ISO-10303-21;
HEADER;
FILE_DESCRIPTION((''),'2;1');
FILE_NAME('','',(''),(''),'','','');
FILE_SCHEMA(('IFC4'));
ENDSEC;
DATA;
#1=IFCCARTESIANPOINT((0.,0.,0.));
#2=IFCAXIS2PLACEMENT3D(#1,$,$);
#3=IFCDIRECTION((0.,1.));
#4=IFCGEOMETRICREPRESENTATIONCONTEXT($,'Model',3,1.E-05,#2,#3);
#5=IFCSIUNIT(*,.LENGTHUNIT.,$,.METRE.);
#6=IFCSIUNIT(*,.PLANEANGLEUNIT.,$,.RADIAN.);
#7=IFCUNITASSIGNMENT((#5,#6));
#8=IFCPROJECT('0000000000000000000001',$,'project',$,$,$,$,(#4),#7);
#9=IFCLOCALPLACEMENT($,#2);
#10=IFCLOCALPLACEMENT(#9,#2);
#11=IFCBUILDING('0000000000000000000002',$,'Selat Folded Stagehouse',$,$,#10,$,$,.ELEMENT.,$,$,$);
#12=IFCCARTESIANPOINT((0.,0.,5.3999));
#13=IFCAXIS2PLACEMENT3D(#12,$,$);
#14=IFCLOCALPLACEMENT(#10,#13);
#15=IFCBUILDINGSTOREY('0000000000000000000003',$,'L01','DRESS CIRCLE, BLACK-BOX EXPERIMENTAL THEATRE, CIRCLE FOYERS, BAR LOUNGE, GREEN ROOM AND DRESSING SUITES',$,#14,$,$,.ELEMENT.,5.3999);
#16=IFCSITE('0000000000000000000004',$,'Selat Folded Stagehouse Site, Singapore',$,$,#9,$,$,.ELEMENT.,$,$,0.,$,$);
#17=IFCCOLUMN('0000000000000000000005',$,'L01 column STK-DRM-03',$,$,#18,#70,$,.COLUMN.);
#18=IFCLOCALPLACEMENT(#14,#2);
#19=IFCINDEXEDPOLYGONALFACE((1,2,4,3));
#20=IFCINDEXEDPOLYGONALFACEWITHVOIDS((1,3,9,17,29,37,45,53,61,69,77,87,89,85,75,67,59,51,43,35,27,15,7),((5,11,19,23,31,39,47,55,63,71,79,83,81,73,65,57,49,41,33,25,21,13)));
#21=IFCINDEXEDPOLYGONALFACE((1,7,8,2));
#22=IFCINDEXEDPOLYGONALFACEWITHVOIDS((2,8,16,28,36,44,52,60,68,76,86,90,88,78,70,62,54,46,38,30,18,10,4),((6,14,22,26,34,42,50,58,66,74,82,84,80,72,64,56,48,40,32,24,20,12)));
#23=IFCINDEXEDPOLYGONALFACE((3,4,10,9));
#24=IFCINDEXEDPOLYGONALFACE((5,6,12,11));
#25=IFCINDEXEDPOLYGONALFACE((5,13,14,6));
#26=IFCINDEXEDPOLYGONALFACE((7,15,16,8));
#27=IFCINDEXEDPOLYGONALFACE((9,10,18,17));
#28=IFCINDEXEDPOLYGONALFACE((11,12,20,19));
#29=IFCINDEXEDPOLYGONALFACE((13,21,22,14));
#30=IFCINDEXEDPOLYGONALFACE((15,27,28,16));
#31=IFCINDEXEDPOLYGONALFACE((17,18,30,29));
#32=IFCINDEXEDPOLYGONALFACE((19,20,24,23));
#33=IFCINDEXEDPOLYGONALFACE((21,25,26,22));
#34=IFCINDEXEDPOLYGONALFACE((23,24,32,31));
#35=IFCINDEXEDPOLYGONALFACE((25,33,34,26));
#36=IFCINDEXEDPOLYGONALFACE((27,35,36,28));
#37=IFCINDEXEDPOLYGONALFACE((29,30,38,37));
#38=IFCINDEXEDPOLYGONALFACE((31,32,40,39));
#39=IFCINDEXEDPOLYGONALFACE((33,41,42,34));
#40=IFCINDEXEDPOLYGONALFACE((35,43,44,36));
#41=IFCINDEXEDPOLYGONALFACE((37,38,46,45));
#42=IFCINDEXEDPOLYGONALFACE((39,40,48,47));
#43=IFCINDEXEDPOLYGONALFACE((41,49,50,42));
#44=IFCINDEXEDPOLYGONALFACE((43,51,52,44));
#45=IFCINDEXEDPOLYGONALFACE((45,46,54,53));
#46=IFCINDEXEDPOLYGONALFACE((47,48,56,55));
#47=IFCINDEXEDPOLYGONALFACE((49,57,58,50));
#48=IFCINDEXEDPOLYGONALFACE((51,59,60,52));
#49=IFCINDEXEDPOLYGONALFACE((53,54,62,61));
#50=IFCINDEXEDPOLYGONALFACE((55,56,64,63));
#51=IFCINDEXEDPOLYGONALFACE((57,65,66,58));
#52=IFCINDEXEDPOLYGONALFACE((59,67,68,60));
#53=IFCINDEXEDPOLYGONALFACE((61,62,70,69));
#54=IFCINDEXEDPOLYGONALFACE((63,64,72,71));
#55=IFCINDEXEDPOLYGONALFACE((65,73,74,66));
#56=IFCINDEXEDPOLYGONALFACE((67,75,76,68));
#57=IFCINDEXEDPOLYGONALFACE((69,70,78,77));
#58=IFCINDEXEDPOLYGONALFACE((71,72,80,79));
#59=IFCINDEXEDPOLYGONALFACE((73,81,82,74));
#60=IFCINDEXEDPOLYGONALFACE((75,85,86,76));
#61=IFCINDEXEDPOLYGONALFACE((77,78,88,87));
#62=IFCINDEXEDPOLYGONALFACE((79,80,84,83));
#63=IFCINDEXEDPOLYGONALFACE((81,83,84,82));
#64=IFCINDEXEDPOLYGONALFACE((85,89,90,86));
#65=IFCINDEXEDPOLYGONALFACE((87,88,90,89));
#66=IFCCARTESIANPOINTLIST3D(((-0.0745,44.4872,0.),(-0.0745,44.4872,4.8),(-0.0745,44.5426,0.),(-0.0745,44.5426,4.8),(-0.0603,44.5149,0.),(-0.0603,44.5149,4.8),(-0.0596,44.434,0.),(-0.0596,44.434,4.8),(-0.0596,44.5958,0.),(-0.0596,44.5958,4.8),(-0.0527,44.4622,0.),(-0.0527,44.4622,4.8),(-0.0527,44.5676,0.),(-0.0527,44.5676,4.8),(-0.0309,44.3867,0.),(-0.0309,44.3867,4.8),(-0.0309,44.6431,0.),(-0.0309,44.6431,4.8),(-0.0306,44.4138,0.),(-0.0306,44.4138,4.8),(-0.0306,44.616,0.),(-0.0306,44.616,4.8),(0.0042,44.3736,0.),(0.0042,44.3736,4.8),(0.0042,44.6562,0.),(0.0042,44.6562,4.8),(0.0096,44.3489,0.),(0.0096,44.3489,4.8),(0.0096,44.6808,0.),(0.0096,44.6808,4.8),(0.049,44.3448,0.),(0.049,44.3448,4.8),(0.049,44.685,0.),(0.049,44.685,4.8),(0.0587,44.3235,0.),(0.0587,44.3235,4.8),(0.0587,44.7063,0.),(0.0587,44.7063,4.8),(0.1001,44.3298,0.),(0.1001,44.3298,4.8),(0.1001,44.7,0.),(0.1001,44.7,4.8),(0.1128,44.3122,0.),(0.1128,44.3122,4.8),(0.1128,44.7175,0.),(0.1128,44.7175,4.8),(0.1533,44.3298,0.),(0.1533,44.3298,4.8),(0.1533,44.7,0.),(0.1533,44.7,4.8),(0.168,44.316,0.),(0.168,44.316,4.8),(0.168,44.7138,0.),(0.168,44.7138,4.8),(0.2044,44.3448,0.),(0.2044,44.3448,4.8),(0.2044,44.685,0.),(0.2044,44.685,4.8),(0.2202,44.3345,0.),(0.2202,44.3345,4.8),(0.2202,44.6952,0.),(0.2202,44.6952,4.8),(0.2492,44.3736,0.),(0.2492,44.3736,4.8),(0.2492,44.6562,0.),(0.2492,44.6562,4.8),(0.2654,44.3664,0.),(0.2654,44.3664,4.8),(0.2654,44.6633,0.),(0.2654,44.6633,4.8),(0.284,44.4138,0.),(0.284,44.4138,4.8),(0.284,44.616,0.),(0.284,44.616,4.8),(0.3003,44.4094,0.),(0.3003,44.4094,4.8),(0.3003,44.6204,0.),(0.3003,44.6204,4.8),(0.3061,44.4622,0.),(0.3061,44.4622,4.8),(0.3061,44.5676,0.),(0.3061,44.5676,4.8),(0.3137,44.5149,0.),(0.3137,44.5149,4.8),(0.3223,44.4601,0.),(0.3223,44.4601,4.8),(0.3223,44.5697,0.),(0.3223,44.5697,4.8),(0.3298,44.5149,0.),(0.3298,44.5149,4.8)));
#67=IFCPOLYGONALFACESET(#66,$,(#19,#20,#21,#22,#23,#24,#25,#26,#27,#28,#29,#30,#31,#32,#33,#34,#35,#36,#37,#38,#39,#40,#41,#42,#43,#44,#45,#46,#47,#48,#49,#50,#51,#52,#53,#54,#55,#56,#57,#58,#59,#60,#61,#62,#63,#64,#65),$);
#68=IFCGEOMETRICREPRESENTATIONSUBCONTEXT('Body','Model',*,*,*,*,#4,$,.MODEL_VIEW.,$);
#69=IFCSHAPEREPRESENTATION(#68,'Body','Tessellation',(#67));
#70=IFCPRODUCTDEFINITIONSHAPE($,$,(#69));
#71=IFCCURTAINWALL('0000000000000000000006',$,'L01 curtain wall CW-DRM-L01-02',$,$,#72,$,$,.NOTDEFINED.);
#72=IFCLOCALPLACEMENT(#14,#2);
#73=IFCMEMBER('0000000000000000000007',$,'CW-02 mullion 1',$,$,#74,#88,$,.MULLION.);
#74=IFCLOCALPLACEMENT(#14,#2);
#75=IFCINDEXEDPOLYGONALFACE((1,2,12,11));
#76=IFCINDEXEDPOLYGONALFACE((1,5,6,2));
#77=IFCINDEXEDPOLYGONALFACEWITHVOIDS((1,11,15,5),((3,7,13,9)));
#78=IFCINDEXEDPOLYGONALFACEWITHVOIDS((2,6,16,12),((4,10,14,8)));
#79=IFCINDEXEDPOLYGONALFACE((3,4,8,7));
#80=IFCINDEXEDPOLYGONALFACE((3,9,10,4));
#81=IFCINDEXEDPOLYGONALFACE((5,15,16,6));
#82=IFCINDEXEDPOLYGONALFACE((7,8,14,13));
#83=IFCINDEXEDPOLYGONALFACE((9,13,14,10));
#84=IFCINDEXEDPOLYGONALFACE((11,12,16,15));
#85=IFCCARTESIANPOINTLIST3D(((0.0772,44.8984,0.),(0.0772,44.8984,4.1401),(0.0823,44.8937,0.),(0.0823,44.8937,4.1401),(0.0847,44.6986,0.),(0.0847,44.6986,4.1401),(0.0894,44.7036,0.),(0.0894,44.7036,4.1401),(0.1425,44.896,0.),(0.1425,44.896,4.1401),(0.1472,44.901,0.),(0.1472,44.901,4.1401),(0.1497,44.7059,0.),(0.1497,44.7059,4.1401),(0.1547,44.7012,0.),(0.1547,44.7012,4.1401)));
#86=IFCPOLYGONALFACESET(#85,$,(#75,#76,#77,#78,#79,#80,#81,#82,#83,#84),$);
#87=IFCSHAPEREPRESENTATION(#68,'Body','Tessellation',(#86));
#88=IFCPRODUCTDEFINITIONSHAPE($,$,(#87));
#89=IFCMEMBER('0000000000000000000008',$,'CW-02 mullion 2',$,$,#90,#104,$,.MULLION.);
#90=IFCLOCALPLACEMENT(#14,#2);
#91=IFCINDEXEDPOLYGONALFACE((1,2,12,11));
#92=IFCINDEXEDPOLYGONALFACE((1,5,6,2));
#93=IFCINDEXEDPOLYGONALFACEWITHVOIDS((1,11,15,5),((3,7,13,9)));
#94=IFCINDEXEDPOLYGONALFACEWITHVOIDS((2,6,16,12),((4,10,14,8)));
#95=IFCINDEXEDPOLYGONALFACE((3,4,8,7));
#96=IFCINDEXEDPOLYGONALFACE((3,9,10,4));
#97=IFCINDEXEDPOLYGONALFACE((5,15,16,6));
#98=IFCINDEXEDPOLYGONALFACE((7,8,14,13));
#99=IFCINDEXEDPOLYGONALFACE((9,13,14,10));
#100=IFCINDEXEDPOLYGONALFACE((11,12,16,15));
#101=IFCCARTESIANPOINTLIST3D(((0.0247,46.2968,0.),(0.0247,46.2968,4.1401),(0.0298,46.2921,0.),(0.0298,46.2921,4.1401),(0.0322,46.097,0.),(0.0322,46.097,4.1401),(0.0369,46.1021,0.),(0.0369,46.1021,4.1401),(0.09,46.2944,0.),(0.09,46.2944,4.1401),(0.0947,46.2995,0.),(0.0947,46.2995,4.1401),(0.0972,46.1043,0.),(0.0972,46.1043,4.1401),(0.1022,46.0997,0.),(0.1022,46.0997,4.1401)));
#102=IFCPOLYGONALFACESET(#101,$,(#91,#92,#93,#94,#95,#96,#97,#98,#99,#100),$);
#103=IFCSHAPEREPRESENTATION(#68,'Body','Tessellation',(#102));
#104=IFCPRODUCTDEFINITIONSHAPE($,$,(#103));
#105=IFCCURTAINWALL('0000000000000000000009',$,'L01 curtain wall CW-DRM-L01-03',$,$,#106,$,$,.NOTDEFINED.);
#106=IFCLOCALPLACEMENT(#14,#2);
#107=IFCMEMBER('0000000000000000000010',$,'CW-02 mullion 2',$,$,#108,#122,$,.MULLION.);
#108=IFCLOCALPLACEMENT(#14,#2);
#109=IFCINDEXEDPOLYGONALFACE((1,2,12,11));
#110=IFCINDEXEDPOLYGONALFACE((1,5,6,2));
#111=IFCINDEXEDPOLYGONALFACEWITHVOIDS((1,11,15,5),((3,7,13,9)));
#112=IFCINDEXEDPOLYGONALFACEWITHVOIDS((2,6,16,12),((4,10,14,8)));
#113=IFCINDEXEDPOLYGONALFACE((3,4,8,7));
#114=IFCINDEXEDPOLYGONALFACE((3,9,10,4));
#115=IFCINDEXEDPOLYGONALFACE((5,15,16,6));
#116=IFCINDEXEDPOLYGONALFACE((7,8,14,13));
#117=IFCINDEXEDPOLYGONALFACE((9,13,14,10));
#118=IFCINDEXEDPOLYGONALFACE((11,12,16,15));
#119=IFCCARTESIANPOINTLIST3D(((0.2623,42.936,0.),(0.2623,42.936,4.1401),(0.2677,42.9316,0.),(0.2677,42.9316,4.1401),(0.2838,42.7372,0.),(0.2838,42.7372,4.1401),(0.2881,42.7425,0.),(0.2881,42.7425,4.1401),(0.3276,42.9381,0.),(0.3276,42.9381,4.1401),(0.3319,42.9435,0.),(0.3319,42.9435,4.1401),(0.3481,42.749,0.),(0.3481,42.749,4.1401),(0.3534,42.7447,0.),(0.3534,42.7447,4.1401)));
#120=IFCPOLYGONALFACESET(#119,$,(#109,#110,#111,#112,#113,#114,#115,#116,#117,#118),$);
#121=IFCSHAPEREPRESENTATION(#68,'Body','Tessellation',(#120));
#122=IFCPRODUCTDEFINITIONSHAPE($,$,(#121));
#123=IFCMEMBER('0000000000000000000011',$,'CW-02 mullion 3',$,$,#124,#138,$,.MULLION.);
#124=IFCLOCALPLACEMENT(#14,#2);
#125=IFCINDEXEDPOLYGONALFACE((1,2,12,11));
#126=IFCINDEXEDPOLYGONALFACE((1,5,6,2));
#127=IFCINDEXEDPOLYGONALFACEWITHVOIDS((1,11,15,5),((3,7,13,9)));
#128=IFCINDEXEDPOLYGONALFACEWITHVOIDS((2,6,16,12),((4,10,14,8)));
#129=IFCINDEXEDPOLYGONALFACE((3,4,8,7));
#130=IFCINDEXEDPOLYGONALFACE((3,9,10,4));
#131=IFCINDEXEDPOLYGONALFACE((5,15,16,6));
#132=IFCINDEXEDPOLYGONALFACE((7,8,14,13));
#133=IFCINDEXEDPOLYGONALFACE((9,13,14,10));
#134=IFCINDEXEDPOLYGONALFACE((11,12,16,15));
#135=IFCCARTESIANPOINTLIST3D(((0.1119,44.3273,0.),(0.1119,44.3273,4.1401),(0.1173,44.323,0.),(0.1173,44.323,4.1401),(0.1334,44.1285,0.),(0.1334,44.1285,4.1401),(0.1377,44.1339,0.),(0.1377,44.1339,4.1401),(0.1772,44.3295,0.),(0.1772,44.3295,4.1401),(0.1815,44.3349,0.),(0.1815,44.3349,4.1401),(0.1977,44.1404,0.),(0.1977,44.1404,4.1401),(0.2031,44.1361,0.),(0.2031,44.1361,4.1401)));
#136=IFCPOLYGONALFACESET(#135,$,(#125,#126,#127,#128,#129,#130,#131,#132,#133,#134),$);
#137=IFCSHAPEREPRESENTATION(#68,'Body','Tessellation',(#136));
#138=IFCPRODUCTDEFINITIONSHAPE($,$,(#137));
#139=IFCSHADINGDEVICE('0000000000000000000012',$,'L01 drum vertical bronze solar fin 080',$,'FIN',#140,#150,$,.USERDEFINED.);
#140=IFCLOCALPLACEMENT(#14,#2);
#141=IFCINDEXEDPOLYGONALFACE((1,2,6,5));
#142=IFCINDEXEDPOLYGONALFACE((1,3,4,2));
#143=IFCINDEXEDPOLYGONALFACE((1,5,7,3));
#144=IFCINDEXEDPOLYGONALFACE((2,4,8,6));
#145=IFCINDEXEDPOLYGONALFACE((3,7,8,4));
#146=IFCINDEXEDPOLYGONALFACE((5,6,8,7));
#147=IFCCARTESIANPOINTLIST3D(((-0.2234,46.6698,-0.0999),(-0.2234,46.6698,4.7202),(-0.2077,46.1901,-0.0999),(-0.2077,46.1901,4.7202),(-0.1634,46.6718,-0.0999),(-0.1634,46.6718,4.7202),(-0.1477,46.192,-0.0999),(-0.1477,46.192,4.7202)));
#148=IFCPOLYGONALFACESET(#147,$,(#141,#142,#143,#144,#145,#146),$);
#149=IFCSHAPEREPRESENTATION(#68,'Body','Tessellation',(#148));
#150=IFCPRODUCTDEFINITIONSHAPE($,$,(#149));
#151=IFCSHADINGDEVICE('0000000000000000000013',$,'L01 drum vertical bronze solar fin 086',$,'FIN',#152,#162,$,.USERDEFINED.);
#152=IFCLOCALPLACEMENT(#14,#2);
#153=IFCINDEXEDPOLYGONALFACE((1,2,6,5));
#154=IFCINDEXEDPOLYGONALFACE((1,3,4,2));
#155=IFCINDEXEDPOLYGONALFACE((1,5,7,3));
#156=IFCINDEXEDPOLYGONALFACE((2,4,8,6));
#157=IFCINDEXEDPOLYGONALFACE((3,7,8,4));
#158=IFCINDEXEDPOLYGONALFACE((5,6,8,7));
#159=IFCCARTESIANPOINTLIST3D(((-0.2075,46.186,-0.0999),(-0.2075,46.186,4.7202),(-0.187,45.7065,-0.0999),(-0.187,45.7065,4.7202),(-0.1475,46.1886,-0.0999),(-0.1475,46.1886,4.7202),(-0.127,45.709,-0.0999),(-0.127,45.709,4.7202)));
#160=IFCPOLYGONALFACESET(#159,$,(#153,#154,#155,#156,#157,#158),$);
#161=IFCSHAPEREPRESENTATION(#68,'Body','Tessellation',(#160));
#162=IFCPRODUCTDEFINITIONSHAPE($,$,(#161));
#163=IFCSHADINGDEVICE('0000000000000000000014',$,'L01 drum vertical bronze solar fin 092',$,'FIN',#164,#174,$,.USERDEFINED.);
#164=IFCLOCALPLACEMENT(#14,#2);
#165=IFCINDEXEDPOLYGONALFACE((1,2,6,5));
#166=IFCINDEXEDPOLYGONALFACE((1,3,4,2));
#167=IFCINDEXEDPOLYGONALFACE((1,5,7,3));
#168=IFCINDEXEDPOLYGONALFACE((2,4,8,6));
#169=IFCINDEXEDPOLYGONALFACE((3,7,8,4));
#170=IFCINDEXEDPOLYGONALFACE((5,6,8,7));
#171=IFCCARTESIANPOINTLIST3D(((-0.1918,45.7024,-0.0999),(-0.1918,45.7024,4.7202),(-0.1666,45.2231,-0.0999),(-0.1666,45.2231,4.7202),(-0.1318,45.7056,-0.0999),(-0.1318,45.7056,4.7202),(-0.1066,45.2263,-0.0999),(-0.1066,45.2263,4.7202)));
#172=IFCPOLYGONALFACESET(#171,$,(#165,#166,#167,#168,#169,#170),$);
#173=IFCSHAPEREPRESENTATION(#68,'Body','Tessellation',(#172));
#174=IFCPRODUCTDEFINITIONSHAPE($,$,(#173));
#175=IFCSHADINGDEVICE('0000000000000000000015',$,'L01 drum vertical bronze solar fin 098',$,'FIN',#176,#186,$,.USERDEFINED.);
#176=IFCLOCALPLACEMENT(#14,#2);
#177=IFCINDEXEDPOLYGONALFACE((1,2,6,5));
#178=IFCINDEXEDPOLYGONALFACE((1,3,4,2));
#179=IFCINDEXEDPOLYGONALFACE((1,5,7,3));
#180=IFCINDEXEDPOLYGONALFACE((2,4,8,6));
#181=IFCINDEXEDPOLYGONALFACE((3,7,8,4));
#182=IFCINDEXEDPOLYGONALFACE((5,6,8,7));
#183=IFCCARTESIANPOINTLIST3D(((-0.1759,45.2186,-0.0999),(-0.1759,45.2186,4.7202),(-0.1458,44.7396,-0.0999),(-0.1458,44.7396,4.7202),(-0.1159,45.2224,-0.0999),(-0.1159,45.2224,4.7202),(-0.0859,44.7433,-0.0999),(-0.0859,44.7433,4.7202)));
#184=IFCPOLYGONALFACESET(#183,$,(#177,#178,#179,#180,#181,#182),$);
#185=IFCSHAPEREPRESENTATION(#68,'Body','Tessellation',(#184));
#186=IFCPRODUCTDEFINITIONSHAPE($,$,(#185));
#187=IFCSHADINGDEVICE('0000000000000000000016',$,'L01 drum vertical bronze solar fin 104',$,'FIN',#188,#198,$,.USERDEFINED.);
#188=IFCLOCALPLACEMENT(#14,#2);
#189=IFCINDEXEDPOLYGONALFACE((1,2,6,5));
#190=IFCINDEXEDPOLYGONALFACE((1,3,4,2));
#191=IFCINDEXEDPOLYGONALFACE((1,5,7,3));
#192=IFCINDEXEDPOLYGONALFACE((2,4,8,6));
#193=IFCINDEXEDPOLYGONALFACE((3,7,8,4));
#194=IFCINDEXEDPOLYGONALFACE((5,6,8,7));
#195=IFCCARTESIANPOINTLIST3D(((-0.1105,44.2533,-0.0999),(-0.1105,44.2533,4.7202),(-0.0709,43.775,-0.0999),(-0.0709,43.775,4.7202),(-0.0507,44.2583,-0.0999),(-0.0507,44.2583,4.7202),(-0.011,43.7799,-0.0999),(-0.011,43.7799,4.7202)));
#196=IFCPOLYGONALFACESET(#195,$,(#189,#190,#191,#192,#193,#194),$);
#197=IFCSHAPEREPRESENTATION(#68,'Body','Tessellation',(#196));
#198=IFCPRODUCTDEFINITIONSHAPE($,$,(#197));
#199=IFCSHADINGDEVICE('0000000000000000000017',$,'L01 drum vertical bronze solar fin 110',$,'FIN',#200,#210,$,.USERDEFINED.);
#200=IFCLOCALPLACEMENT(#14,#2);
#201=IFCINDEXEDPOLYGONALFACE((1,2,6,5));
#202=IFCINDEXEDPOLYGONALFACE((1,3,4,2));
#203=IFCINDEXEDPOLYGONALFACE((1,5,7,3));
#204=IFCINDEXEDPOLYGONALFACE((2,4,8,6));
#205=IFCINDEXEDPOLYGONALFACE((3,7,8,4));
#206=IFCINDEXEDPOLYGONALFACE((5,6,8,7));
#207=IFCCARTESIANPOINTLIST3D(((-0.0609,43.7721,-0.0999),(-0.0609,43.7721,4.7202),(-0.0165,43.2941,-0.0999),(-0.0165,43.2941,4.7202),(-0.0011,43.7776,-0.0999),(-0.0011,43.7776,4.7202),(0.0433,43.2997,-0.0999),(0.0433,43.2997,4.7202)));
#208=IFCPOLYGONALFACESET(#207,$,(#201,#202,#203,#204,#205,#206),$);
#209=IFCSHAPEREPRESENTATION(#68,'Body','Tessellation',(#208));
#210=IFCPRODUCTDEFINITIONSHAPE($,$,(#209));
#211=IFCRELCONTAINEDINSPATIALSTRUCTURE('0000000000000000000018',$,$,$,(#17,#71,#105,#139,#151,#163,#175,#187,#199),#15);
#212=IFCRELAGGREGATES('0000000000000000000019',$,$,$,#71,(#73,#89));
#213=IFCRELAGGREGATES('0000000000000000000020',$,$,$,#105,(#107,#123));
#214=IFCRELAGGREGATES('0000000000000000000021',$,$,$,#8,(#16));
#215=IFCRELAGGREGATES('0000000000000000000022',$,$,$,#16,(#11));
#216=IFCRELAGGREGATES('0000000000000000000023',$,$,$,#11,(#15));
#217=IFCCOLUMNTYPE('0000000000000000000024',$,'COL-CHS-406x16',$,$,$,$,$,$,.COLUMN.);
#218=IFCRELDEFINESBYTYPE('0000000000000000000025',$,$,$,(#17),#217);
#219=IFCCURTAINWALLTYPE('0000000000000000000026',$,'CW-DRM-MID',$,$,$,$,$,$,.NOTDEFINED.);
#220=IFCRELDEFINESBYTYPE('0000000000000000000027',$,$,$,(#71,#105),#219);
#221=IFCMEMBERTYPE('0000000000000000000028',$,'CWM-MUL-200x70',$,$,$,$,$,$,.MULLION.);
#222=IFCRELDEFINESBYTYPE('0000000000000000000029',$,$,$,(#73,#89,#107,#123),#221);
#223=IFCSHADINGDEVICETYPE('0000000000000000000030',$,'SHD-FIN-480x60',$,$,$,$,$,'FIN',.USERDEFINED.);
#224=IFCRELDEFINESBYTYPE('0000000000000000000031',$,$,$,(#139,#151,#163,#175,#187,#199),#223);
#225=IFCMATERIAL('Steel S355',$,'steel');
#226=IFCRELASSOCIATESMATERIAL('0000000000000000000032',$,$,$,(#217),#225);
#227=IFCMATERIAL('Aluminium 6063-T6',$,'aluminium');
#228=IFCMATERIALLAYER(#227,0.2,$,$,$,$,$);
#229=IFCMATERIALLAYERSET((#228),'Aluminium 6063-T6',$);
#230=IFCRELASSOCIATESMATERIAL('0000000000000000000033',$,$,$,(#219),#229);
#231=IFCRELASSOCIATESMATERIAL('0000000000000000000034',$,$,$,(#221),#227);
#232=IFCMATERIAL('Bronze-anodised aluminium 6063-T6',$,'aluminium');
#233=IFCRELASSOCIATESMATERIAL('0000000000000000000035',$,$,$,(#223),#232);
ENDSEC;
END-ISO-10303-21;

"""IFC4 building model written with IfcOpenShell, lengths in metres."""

from ifc_helpers import new_model, si_unit, direction, frame, origin, origin_2d, place, context, subcontext, project, spatial, rectangle, hollow_rectangle, hollow_circle, extrude, material, layer, layer_set, material_profile, profile_set, type_object, element, aggregate, save


model = new_model("IFC4")

# Units and contexts
model_context = context("Model", 3, precision=1e-05, world=origin(), true_north=direction((0.0, 1.0)))
body_context = subcontext(model_context, "Body", "Model", "MODEL_VIEW")
ifc_project = project(units=[si_unit("LENGTHUNIT", "METRE"), si_unit("PLANEANGLEUNIT", "RADIAN")], contexts=[model_context])

# Site, building, storey
site_placement = place(None, origin())
site = spatial("IfcSite", under=ifc_project, at=site_placement, Name="Selat Folded Stagehouse Site, Singapore", CompositionType="ELEMENT", RefElevation=0.0)
building_placement = place(site_placement, origin())
building = spatial("IfcBuilding", under=site, at=building_placement, Name="Selat Folded Stagehouse", CompositionType="ELEMENT")
storey_placement = place(building_placement, frame((0.0, 0.0, 5.3999)))
storey = spatial("IfcBuildingStorey", under=building, at=storey_placement, Name="L01", Description="DRESS CIRCLE, BLACK-BOX EXPERIMENTAL THEATRE, CIRCLE FOYERS, BAR LOUNGE, GREEN ROOM AND DRESSING SUITES", CompositionType="ELEMENT", Elevation=5.3999)

# Column
ifc_material_1 = material(Name="Steel S355", Category="steel")
ifc_material_profile_1 = material_profile(ifc_material_1, hollow_circle(Radius=0.2031, WallThickness=0.0161, at=origin_2d()), Name="CHS 406.4x16.0")
ifc_profile_set_1 = profile_set([ifc_material_profile_1], Name="Steel S355")
column_type = type_object("IfcColumnType", Name="COL-CHS-406x16", PredefinedType="COLUMN", material=ifc_profile_set_1)
column_placement = place(storey_placement, frame((0.1267, 44.5149, 0.0), z_axis=(0.0, 0.0, 1.0), x_axis=(1.0, 0.0, 0.0)))
element("IfcColumn", 1, at=column_placement, inside=storey, type_object=column_type, Name="L01 column STK-DRM-03", PredefinedType="COLUMN", context=body_context, shape_type="SweptSolid", body=[
    extrude(hollow_circle(Radius=0.2031, WallThickness=0.0161, at=origin_2d()), origin(), (0.0, 0.0, 1.0), 4.8),
])

# Curtain walls, members
ifc_material_2 = material(Name="Aluminium 6063-T6", Category="aluminium")
ifc_layer = layer(ifc_material_2, 0.2)
ifc_layer_set = layer_set([ifc_layer], Name="Aluminium 6063-T6")
curtain_wall_type = type_object("IfcCurtainWallType", Name="CW-DRM-MID", PredefinedType="NOTDEFINED", material=ifc_layer_set)
curtain_wall_1_placement = place(storey_placement, origin())
curtain_wall_1 = element("IfcCurtainWall", 2, at=curtain_wall_1_placement, inside=storey, type_object=curtain_wall_type, Name="L01 curtain wall CW-DRM-L01-02", PredefinedType="NOTDEFINED")
ifc_material_profile_2 = material_profile(ifc_material_2, hollow_rectangle(XDim=0.0701, YDim=0.2, WallThickness=0.0049, at=origin_2d()), Name="ALU 200x70x5.0")
ifc_profile_set_2 = profile_set([ifc_material_profile_2], Name="Aluminium 6063-T6")
member_type = type_object("IfcMemberType", Name="CWM-MUL-200x70", PredefinedType="MULLION", material=ifc_profile_set_2)
member_1_placement = place(storey_placement, frame((0.116, 44.7998, 0.0), z_axis=(0.0, 0.0, 1.0), x_axis=(-0.999294, -0.037574, 0.0)))
member_1 = element("IfcMember", 3, at=member_1_placement, type_object=member_type, Name="CW-02 mullion 1", PredefinedType="MULLION", context=body_context, shape_type="SweptSolid", body=[
    extrude(hollow_rectangle(XDim=0.0701, YDim=0.2, WallThickness=0.0049, at=origin_2d()), origin(), (0.0, 0.0, 1.0), 4.1401),
])
member_2_placement = place(storey_placement, frame((0.0635, 46.1982, 0.0), z_axis=(0.0, 0.0, 1.0), x_axis=(-0.999294, -0.037574, 0.0)))
member_2 = element("IfcMember", 4, at=member_2_placement, type_object=member_type, Name="CW-02 mullion 2", PredefinedType="MULLION", context=body_context, shape_type="SweptSolid", body=[
    extrude(hollow_rectangle(XDim=0.0701, YDim=0.2, WallThickness=0.0049, at=origin_2d()), origin(), (0.0, 0.0, 1.0), 4.1401),
])
aggregate(curtain_wall_1, [member_1, member_2])
curtain_wall_2_placement = place(storey_placement, origin())
curtain_wall_2 = element("IfcCurtainWall", 5, at=curtain_wall_2_placement, inside=storey, type_object=curtain_wall_type, Name="L01 curtain wall CW-DRM-L01-03", PredefinedType="NOTDEFINED")
member_3_placement = place(storey_placement, frame((0.3079, 42.8403, 0.0), z_axis=(0.0, 0.0, 1.0), x_axis=(-0.994199, -0.107558, 0.0)))
member_3 = element("IfcMember", 6, at=member_3_placement, type_object=member_type, Name="CW-02 mullion 2", PredefinedType="MULLION", context=body_context, shape_type="SweptSolid", body=[
    extrude(hollow_rectangle(XDim=0.0701, YDim=0.2, WallThickness=0.0049, at=origin_2d()), origin(), (0.0, 0.0, 1.0), 4.1401),
])
member_4_placement = place(storey_placement, frame((0.1575, 44.2317, 0.0), z_axis=(0.0, 0.0, 1.0), x_axis=(-0.994199, -0.107558, 0.0)))
member_4 = element("IfcMember", 7, at=member_4_placement, type_object=member_type, Name="CW-02 mullion 3", PredefinedType="MULLION", context=body_context, shape_type="SweptSolid", body=[
    extrude(hollow_rectangle(XDim=0.0701, YDim=0.2, WallThickness=0.0049, at=origin_2d()), origin(), (0.0, 0.0, 1.0), 4.1401),
])
aggregate(curtain_wall_2, [member_3, member_4])

# Shading devices
ifc_material_3 = material(Name="Bronze-anodised aluminium 6063-T6", Category="aluminium")
ifc_material_profile_3 = material_profile(ifc_material_3, rectangle(XDim=0.0601, YDim=0.48, at=origin_2d()), Name="SOLAR-FIN 480x60")
ifc_profile_set_3 = profile_set([ifc_material_profile_3], Name="Bronze-anodised aluminium 6063-T6")
shading_device_type = type_object("IfcShadingDeviceType", Name="SHD-FIN-480x60", ElementType="FIN", PredefinedType="USERDEFINED", material=ifc_profile_set_3)
for number, where, z_axis, x_axis, name in (
    (8, (-0.1855, 46.4309, -0.0999), (0.0, 0.0, 1.0), (-0.999467, -0.032632, 0.0), "L01 drum vertical bronze solar fin 080"),
    (9, (-0.1672, 45.9475, -0.0999), (0.0, 0.0, 1.0), (-0.999093, -0.042573, 0.0), "L01 drum vertical bronze solar fin 086"),
    (10, (-0.1492, 45.4644, -0.0999), (0.0, 0.0, 1.0), (-0.99862, -0.05251, 0.0), "L01 drum vertical bronze solar fin 092"),
    (11, (-0.1309, 44.981, -0.0999), (0.0, 0.0, 1.0), (-0.998038, -0.062616, 0.0), "L01 drum vertical bronze solar fin 098"),
    (12, (-0.0608, 44.0166, -0.0999), (0.0, 0.0, 1.0), (-0.99658, -0.082634, 0.0), "L01 drum vertical bronze solar fin 104"),
    (13, (-0.0088, 43.5359, -0.0999), (0.0, 0.0, 1.0), (-0.995709, -0.092544, 0.0), "L01 drum vertical bronze solar fin 110"),
):
    element("IfcShadingDevice", number, at=place(storey_placement, frame(where, z_axis=z_axis, x_axis=x_axis)), inside=storey, type_object=shading_device_type, Name=name, ObjectType="FIN", PredefinedType="USERDEFINED", context=body_context, shape_type="SweptSolid", body=[
        extrude(rectangle(XDim=0.0601, YDim=0.48, at=origin_2d()), origin(), (0.0, 0.0, 1.0), 4.8201),
    ])

save(model, "model.ifc")
